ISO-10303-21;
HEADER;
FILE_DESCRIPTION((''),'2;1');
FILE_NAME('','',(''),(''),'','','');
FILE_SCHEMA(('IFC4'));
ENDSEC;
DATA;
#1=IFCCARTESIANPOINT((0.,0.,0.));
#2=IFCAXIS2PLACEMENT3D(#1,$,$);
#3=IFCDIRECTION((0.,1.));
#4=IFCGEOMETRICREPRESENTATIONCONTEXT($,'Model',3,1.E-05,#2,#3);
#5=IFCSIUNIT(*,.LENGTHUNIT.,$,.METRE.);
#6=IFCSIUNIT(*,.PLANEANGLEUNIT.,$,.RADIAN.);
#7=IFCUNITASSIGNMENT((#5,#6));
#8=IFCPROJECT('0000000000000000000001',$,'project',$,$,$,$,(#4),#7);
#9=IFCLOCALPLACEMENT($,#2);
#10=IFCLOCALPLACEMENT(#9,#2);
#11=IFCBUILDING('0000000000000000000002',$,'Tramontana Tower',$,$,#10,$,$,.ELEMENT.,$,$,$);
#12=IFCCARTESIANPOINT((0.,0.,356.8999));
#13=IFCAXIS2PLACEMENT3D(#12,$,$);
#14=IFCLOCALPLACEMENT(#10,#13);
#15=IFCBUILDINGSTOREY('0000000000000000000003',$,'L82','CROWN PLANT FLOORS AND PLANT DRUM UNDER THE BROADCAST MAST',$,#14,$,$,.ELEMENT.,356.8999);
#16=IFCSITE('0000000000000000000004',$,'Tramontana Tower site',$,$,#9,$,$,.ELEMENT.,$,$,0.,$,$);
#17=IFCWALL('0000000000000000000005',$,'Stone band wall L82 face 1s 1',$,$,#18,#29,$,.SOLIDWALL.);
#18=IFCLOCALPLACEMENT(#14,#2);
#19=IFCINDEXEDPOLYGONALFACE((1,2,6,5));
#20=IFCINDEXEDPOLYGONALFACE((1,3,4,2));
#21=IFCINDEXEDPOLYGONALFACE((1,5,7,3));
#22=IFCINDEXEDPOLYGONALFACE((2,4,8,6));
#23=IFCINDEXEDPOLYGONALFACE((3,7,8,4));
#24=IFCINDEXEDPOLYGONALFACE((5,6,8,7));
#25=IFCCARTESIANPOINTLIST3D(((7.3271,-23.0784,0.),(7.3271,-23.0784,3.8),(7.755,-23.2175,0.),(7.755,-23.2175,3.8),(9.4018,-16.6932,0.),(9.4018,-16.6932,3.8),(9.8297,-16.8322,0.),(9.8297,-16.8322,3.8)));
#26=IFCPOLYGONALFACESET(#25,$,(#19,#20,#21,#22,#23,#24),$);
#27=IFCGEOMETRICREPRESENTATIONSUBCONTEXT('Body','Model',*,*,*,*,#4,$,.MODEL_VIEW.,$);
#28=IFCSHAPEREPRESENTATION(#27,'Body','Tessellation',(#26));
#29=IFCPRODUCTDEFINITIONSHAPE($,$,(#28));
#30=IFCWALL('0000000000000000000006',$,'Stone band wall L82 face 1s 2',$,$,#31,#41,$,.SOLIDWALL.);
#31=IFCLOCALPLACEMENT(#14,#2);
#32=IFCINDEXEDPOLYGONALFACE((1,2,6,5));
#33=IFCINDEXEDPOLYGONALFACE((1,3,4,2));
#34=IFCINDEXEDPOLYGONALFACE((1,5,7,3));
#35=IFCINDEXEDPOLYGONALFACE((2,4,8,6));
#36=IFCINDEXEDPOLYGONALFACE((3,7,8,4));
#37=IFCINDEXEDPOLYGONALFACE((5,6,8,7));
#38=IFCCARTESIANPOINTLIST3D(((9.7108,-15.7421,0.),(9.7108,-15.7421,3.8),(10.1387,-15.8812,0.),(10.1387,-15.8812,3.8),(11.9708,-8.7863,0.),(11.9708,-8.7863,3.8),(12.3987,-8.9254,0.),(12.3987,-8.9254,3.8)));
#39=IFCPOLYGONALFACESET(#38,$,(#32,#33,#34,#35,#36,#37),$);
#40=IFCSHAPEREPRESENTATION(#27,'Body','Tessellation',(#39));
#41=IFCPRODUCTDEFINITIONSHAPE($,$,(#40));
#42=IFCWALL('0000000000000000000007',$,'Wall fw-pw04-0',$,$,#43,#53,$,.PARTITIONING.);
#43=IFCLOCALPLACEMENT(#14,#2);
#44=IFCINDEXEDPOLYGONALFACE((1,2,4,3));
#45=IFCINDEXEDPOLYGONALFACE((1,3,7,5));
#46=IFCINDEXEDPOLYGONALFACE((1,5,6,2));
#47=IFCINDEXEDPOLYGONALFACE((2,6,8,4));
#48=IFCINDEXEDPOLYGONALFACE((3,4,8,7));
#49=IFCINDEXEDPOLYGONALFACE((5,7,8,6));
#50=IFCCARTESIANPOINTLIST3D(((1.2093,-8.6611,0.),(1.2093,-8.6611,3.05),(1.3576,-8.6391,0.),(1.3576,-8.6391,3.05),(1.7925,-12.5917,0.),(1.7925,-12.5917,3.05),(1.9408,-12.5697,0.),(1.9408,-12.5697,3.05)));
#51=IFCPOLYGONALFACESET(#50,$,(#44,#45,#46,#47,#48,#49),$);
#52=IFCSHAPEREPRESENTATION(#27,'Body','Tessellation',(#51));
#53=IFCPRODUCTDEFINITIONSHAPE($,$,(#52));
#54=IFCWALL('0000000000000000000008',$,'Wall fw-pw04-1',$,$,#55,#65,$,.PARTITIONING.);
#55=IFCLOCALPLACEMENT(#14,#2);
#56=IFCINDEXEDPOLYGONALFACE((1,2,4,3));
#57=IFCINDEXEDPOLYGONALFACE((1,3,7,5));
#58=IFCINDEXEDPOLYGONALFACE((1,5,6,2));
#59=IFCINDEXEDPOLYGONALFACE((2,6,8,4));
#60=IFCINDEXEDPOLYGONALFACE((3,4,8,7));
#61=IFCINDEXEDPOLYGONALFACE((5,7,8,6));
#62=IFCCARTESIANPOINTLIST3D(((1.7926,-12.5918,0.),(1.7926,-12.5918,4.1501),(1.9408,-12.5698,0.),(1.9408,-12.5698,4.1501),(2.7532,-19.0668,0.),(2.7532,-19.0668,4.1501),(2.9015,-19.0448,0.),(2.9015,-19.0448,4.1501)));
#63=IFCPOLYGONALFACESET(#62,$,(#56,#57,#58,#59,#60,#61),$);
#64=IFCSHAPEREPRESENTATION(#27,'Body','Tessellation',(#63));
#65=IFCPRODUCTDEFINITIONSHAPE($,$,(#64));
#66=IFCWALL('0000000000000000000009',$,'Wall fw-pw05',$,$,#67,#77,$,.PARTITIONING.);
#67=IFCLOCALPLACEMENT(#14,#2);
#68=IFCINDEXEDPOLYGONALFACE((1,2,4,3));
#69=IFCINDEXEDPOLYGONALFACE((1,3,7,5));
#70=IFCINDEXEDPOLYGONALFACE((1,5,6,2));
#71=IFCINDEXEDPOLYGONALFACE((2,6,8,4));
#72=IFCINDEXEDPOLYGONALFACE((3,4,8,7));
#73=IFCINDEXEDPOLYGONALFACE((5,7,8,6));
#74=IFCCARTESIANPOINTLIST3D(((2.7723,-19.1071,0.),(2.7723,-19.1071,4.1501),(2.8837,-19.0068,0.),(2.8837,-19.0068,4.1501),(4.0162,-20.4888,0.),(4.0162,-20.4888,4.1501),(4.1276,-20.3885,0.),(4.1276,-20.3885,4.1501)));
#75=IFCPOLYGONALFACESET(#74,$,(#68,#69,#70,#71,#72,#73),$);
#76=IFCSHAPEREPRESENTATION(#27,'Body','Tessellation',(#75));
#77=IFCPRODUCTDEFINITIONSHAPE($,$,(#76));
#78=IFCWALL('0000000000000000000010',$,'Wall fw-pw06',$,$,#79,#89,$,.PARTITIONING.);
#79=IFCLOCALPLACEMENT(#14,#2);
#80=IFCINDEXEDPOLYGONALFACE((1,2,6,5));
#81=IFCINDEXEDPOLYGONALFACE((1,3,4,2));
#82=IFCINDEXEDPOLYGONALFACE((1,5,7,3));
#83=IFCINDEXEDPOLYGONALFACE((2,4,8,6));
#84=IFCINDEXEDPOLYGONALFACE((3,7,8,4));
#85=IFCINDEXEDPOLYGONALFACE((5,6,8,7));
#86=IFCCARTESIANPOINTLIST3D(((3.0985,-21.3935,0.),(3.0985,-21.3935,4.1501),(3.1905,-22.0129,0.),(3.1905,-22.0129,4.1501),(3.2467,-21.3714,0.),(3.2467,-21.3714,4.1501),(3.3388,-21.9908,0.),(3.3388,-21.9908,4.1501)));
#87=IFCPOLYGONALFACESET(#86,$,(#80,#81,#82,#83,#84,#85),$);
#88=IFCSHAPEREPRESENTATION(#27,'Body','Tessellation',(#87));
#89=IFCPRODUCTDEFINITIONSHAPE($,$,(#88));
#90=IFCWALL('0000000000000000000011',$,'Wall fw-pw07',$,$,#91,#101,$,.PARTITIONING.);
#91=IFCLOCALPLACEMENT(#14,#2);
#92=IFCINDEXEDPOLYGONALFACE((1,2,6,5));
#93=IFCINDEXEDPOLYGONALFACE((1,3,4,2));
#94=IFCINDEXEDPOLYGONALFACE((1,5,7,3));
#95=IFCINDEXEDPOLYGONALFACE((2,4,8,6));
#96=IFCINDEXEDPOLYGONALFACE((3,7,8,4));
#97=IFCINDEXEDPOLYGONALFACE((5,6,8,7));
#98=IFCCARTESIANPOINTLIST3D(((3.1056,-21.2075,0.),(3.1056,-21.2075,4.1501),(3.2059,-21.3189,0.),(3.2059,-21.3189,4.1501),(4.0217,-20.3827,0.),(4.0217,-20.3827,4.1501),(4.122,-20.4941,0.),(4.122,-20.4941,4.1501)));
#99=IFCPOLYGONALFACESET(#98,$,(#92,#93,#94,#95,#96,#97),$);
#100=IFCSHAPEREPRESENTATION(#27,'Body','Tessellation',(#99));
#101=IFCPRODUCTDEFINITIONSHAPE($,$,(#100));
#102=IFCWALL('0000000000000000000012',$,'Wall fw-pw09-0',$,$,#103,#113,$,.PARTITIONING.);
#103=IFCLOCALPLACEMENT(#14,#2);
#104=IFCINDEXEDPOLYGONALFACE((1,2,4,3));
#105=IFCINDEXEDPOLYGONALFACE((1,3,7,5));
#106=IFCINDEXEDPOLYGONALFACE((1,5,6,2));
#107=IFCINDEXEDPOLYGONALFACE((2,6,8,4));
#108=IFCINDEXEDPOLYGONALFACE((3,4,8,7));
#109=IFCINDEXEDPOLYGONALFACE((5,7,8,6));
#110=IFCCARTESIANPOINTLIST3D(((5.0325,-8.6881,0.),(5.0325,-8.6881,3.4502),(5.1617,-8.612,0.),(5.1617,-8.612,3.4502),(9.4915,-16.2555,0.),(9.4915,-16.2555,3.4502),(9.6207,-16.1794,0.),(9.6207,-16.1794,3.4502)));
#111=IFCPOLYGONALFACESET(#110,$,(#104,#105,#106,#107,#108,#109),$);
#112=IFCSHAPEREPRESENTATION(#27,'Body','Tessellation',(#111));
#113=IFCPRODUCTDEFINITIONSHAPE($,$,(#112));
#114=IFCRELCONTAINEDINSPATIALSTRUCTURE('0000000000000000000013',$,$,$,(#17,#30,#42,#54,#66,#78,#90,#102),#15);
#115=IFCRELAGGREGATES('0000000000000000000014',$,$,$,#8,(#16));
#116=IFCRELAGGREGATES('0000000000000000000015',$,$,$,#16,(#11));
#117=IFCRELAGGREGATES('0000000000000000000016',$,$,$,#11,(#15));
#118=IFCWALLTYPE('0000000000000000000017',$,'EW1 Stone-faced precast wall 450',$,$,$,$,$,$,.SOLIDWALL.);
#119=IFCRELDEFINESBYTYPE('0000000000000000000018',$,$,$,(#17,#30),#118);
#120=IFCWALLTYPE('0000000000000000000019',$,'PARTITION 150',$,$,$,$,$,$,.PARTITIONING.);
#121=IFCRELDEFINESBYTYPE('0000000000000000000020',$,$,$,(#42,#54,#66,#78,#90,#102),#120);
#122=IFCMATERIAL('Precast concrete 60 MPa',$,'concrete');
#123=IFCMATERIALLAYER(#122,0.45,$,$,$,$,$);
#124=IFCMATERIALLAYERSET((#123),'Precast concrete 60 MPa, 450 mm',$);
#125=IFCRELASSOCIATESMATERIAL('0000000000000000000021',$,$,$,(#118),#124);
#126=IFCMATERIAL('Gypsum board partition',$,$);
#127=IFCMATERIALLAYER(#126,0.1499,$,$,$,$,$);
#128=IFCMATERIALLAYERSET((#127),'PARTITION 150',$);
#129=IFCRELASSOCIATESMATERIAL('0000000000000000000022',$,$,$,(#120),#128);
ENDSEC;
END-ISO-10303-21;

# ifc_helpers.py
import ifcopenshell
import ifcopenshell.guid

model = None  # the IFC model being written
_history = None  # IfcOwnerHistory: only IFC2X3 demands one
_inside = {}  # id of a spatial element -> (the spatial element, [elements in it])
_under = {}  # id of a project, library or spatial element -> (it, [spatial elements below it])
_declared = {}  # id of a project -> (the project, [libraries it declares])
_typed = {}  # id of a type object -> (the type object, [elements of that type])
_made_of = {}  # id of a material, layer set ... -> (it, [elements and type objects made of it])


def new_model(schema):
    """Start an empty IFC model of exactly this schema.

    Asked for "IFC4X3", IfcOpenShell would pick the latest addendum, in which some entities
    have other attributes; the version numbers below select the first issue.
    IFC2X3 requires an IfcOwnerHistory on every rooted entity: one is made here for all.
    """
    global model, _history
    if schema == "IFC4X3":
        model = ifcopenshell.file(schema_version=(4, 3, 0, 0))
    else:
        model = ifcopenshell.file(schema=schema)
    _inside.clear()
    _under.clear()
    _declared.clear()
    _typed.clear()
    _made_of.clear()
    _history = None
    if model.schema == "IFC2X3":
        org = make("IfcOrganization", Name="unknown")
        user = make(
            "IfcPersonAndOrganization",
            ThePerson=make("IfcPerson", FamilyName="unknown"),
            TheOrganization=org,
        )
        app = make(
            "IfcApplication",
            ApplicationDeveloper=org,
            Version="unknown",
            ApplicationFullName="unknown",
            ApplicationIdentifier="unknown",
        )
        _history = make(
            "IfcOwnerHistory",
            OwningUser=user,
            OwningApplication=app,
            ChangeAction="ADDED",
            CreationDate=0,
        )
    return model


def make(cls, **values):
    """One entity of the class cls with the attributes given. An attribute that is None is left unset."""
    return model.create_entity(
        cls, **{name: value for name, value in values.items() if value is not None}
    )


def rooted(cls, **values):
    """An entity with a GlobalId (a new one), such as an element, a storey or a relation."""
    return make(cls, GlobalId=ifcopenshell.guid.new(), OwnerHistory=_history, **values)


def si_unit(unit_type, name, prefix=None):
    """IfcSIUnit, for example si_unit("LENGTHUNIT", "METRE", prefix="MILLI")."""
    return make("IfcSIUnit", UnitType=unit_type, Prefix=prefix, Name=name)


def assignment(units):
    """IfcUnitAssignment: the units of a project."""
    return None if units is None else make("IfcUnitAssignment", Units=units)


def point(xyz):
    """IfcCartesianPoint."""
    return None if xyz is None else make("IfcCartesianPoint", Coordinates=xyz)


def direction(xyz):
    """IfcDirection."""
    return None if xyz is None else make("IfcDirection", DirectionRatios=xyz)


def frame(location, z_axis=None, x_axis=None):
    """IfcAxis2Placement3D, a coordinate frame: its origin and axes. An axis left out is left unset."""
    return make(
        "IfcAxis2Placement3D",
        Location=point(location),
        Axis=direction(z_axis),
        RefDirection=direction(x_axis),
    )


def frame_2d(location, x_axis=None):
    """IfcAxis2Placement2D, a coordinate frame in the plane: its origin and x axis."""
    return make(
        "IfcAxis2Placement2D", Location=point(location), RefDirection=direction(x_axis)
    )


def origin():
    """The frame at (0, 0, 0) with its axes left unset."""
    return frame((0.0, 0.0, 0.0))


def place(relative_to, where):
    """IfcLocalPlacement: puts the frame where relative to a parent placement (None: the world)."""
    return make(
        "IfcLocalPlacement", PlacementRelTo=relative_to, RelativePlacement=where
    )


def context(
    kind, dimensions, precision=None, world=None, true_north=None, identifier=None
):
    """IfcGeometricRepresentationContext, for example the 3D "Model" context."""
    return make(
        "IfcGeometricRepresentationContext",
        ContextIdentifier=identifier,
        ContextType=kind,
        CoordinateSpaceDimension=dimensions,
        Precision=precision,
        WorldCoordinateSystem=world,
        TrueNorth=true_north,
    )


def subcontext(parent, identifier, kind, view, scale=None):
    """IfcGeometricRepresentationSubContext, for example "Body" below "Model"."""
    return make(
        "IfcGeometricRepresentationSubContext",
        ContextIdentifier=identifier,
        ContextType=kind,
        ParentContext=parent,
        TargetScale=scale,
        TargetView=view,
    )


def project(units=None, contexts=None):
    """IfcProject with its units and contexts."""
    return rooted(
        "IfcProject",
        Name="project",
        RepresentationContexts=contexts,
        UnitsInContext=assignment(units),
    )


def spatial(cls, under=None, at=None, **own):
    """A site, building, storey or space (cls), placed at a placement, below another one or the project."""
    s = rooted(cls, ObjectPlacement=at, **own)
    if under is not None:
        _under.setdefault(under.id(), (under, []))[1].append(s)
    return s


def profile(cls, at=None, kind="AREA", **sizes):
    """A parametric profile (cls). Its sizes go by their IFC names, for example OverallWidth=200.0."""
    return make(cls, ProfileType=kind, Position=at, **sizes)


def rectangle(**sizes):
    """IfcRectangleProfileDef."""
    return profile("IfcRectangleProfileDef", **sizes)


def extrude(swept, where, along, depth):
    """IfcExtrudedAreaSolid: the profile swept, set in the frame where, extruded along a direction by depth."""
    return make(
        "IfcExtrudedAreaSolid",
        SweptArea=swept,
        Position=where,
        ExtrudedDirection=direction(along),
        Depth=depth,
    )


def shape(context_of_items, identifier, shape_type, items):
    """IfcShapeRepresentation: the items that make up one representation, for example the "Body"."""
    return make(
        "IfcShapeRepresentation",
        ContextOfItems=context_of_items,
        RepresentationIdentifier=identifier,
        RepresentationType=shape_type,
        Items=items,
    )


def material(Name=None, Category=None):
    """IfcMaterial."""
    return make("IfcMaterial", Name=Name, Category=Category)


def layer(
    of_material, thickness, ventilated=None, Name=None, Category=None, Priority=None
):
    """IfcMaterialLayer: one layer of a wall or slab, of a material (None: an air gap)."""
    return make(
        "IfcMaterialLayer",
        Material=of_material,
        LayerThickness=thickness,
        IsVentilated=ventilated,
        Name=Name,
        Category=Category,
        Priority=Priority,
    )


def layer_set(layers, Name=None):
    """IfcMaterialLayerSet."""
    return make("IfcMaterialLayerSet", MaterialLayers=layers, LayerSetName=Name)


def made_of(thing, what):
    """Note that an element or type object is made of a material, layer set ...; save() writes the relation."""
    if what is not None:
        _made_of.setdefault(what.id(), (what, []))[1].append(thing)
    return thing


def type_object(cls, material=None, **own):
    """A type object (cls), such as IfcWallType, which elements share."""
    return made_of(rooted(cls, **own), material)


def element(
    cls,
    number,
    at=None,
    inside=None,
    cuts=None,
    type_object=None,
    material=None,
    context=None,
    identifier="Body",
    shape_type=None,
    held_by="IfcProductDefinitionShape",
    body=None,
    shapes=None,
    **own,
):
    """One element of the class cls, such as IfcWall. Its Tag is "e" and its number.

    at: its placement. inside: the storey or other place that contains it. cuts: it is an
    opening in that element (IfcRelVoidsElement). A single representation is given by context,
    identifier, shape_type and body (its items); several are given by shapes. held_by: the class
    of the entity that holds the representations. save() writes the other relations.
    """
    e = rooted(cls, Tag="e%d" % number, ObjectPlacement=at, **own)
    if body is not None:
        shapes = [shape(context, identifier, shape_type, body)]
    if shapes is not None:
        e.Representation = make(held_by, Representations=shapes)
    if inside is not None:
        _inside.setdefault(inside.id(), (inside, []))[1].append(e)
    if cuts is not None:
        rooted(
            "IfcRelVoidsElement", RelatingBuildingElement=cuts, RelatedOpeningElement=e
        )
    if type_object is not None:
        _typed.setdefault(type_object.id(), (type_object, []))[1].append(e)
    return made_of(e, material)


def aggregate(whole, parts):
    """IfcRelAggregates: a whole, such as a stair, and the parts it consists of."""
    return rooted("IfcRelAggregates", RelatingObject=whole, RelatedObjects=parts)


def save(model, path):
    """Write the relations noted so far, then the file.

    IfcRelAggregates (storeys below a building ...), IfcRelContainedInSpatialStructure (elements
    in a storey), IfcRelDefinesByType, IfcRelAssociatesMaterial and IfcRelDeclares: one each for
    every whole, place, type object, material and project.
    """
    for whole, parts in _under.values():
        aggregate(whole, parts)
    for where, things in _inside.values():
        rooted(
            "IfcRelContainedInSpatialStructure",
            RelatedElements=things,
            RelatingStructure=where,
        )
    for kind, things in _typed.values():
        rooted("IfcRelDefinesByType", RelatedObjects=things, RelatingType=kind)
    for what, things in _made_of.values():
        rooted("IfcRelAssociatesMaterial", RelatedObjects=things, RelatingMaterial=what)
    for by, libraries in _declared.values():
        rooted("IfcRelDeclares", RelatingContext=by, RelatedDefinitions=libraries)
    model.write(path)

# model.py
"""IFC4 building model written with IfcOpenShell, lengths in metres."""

from ifc_helpers import new_model, si_unit, direction, frame, frame_2d, origin, place, context, subcontext, project, spatial, rectangle, extrude, material, layer, layer_set, type_object, element, save


model = new_model("IFC4")

# Units and contexts
model_context = context("Model", 3, precision=1e-05, world=origin(), true_north=direction((0.0, 1.0)))
body_context = subcontext(model_context, "Body", "Model", "MODEL_VIEW")
ifc_project = project(units=[si_unit("LENGTHUNIT", "METRE"), si_unit("PLANEANGLEUNIT", "RADIAN")], contexts=[model_context])

# Site, building, storey
site_placement = place(None, origin())
site = spatial("IfcSite", under=ifc_project, at=site_placement, Name="Tramontana Tower site", CompositionType="ELEMENT", RefElevation=0.0)
building_placement = place(site_placement, origin())
building = spatial("IfcBuilding", under=site, at=building_placement, Name="Tramontana Tower", CompositionType="ELEMENT")
storey_placement = place(building_placement, frame((0.0, 0.0, 356.8999)))
storey = spatial("IfcBuildingStorey", under=building, at=storey_placement, Name="L82", Description="CROWN PLANT FLOORS AND PLANT DRUM UNDER THE BROADCAST MAST", CompositionType="ELEMENT", Elevation=356.8999)

# Walls
ifc_material_1 = material(Name="Precast concrete 60 MPa", Category="concrete")
ifc_layer_1 = layer(ifc_material_1, 0.45)
ifc_layer_set_1 = layer_set([ifc_layer_1], Name="Precast concrete 60 MPa, 450 mm")
wall_type_1 = type_object("IfcWallType", Name="EW1 Stone-faced precast wall 450", PredefinedType="SOLIDWALL", material=ifc_layer_set_1)
wall_1_placement = place(storey_placement, frame((7.541, -23.1479, 0.0), z_axis=(0.0, 0.0, 1.0), x_axis=(0.309019, 0.951056, 0.0)))
element("IfcWall", 1, at=wall_1_placement, inside=storey, type_object=wall_type_1, Name="Stone band wall L82 face 1s 1", PredefinedType="SOLIDWALL", context=body_context, shape_type="SweptSolid", body=[
    extrude(rectangle(XDim=6.7139, YDim=0.45, at=frame_2d((3.3569, 0.0))), origin(), (0.0, 0.0, 1.0), 3.8),
])
wall_2_placement = place(storey_placement, frame((9.9248, -15.8115, 0.0), z_axis=(0.0, 0.0, 1.0), x_axis=(0.309008, 0.951059, 0.0)))
element("IfcWall", 2, at=wall_2_placement, inside=storey, type_object=wall_type_1, Name="Stone band wall L82 face 1s 2", PredefinedType="SOLIDWALL", context=body_context, shape_type="SweptSolid", body=[
    extrude(rectangle(XDim=7.3137, YDim=0.45, at=frame_2d((3.6567, 0.0))), origin(), (0.0, 0.0, 1.0), 3.8),
])
ifc_material_2 = material(Name="Gypsum board partition")
ifc_layer_2 = layer(ifc_material_2, 0.1499)
ifc_layer_set_2 = layer_set([ifc_layer_2], Name="PARTITION 150")
wall_type_2 = type_object("IfcWallType", Name="PARTITION 150", PredefinedType="PARTITIONING", material=ifc_layer_set_2)
wall_3_placement = place(storey_placement, frame((1.2834, -8.6501, 0.0), z_axis=(0.0, 0.0, 1.0), x_axis=(0.146778, -0.989169, 0.0)))
element("IfcWall", 3, at=wall_3_placement, inside=storey, type_object=wall_type_2, Name="Wall fw-pw04-0", PredefinedType="PARTITIONING", context=body_context, shape_type="SweptSolid", body=[
    extrude(rectangle(XDim=3.9736, YDim=0.1499, at=frame_2d((1.9868, 0.0))), origin(), (0.0, 0.0, 1.0), 3.05),
])
wall_4_placement = place(storey_placement, frame((1.8667, -12.5808, 0.0), z_axis=(0.0, 0.0, 1.0), x_axis=(0.146761, -0.989172, 0.0)))
element("IfcWall", 4, at=wall_4_placement, inside=storey, type_object=wall_type_2, Name="Wall fw-pw04-1", PredefinedType="PARTITIONING", context=body_context, shape_type="SweptSolid", body=[
    extrude(rectangle(XDim=6.5459, YDim=0.1499, at=frame_2d((3.2729, 0.0))), origin(), (0.0, 0.0, 1.0), 4.1501),
])
wall_5_placement = place(storey_placement, frame((2.8279, -19.0569, 0.0), z_axis=(0.0, 0.0, 1.0), x_axis=(0.669103, -0.74317, 0.0)))
element("IfcWall", 5, at=wall_5_placement, inside=storey, type_object=wall_type_2, Name="Wall fw-pw05", PredefinedType="PARTITIONING", context=body_context, shape_type="SweptSolid", body=[
    extrude(rectangle(XDim=1.8591, YDim=0.1499, at=frame_2d((0.9297, 0.0))), origin(), (0.0, 0.0, 1.0), 4.1501),
])
wall_6_placement = place(storey_placement, frame((3.1726, -21.3826, 0.0), z_axis=(0.0, 0.0, 1.0), x_axis=(0.146987, -0.989138, 0.0)))
element("IfcWall", 6, at=wall_6_placement, inside=storey, type_object=wall_type_2, Name="Wall fw-pw06", PredefinedType="PARTITIONING", context=body_context, shape_type="SweptSolid", body=[
    extrude(rectangle(XDim=0.6262, YDim=0.1499, at=frame_2d((0.313, 0.0))), origin(), (0.0, 0.0, 1.0), 4.1501),
])
wall_7_placement = place(storey_placement, frame((4.0718, -20.4385, 0.0), z_axis=(0.0, 0.0, 1.0), x_axis=(-0.743176, -0.669096, 0.0)))
element("IfcWall", 7, at=wall_7_placement, inside=storey, type_object=wall_type_2, Name="Wall fw-pw07", PredefinedType="PARTITIONING", context=body_context, shape_type="SweptSolid", body=[
    extrude(rectangle(XDim=1.2327, YDim=0.1499, at=frame_2d((0.6162, 0.0))), origin(), (0.0, 0.0, 1.0), 4.1501),
])
wall_8_placement = place(storey_placement, frame((5.0972, -8.6501, 0.0), z_axis=(0.0, 0.0, 1.0), x_axis=(0.507661, -0.861557, 0.0)))
element("IfcWall", 8, at=wall_8_placement, inside=storey, type_object=wall_type_2, Name="Wall fw-pw09-0", PredefinedType="PARTITIONING", context=body_context, shape_type="SweptSolid", body=[
    extrude(rectangle(XDim=8.7834, YDim=0.1499, at=frame_2d((4.3916, 0.0))), origin(), (0.0, 0.0, 1.0), 3.4502),
])

save(model, "model.ifc")
